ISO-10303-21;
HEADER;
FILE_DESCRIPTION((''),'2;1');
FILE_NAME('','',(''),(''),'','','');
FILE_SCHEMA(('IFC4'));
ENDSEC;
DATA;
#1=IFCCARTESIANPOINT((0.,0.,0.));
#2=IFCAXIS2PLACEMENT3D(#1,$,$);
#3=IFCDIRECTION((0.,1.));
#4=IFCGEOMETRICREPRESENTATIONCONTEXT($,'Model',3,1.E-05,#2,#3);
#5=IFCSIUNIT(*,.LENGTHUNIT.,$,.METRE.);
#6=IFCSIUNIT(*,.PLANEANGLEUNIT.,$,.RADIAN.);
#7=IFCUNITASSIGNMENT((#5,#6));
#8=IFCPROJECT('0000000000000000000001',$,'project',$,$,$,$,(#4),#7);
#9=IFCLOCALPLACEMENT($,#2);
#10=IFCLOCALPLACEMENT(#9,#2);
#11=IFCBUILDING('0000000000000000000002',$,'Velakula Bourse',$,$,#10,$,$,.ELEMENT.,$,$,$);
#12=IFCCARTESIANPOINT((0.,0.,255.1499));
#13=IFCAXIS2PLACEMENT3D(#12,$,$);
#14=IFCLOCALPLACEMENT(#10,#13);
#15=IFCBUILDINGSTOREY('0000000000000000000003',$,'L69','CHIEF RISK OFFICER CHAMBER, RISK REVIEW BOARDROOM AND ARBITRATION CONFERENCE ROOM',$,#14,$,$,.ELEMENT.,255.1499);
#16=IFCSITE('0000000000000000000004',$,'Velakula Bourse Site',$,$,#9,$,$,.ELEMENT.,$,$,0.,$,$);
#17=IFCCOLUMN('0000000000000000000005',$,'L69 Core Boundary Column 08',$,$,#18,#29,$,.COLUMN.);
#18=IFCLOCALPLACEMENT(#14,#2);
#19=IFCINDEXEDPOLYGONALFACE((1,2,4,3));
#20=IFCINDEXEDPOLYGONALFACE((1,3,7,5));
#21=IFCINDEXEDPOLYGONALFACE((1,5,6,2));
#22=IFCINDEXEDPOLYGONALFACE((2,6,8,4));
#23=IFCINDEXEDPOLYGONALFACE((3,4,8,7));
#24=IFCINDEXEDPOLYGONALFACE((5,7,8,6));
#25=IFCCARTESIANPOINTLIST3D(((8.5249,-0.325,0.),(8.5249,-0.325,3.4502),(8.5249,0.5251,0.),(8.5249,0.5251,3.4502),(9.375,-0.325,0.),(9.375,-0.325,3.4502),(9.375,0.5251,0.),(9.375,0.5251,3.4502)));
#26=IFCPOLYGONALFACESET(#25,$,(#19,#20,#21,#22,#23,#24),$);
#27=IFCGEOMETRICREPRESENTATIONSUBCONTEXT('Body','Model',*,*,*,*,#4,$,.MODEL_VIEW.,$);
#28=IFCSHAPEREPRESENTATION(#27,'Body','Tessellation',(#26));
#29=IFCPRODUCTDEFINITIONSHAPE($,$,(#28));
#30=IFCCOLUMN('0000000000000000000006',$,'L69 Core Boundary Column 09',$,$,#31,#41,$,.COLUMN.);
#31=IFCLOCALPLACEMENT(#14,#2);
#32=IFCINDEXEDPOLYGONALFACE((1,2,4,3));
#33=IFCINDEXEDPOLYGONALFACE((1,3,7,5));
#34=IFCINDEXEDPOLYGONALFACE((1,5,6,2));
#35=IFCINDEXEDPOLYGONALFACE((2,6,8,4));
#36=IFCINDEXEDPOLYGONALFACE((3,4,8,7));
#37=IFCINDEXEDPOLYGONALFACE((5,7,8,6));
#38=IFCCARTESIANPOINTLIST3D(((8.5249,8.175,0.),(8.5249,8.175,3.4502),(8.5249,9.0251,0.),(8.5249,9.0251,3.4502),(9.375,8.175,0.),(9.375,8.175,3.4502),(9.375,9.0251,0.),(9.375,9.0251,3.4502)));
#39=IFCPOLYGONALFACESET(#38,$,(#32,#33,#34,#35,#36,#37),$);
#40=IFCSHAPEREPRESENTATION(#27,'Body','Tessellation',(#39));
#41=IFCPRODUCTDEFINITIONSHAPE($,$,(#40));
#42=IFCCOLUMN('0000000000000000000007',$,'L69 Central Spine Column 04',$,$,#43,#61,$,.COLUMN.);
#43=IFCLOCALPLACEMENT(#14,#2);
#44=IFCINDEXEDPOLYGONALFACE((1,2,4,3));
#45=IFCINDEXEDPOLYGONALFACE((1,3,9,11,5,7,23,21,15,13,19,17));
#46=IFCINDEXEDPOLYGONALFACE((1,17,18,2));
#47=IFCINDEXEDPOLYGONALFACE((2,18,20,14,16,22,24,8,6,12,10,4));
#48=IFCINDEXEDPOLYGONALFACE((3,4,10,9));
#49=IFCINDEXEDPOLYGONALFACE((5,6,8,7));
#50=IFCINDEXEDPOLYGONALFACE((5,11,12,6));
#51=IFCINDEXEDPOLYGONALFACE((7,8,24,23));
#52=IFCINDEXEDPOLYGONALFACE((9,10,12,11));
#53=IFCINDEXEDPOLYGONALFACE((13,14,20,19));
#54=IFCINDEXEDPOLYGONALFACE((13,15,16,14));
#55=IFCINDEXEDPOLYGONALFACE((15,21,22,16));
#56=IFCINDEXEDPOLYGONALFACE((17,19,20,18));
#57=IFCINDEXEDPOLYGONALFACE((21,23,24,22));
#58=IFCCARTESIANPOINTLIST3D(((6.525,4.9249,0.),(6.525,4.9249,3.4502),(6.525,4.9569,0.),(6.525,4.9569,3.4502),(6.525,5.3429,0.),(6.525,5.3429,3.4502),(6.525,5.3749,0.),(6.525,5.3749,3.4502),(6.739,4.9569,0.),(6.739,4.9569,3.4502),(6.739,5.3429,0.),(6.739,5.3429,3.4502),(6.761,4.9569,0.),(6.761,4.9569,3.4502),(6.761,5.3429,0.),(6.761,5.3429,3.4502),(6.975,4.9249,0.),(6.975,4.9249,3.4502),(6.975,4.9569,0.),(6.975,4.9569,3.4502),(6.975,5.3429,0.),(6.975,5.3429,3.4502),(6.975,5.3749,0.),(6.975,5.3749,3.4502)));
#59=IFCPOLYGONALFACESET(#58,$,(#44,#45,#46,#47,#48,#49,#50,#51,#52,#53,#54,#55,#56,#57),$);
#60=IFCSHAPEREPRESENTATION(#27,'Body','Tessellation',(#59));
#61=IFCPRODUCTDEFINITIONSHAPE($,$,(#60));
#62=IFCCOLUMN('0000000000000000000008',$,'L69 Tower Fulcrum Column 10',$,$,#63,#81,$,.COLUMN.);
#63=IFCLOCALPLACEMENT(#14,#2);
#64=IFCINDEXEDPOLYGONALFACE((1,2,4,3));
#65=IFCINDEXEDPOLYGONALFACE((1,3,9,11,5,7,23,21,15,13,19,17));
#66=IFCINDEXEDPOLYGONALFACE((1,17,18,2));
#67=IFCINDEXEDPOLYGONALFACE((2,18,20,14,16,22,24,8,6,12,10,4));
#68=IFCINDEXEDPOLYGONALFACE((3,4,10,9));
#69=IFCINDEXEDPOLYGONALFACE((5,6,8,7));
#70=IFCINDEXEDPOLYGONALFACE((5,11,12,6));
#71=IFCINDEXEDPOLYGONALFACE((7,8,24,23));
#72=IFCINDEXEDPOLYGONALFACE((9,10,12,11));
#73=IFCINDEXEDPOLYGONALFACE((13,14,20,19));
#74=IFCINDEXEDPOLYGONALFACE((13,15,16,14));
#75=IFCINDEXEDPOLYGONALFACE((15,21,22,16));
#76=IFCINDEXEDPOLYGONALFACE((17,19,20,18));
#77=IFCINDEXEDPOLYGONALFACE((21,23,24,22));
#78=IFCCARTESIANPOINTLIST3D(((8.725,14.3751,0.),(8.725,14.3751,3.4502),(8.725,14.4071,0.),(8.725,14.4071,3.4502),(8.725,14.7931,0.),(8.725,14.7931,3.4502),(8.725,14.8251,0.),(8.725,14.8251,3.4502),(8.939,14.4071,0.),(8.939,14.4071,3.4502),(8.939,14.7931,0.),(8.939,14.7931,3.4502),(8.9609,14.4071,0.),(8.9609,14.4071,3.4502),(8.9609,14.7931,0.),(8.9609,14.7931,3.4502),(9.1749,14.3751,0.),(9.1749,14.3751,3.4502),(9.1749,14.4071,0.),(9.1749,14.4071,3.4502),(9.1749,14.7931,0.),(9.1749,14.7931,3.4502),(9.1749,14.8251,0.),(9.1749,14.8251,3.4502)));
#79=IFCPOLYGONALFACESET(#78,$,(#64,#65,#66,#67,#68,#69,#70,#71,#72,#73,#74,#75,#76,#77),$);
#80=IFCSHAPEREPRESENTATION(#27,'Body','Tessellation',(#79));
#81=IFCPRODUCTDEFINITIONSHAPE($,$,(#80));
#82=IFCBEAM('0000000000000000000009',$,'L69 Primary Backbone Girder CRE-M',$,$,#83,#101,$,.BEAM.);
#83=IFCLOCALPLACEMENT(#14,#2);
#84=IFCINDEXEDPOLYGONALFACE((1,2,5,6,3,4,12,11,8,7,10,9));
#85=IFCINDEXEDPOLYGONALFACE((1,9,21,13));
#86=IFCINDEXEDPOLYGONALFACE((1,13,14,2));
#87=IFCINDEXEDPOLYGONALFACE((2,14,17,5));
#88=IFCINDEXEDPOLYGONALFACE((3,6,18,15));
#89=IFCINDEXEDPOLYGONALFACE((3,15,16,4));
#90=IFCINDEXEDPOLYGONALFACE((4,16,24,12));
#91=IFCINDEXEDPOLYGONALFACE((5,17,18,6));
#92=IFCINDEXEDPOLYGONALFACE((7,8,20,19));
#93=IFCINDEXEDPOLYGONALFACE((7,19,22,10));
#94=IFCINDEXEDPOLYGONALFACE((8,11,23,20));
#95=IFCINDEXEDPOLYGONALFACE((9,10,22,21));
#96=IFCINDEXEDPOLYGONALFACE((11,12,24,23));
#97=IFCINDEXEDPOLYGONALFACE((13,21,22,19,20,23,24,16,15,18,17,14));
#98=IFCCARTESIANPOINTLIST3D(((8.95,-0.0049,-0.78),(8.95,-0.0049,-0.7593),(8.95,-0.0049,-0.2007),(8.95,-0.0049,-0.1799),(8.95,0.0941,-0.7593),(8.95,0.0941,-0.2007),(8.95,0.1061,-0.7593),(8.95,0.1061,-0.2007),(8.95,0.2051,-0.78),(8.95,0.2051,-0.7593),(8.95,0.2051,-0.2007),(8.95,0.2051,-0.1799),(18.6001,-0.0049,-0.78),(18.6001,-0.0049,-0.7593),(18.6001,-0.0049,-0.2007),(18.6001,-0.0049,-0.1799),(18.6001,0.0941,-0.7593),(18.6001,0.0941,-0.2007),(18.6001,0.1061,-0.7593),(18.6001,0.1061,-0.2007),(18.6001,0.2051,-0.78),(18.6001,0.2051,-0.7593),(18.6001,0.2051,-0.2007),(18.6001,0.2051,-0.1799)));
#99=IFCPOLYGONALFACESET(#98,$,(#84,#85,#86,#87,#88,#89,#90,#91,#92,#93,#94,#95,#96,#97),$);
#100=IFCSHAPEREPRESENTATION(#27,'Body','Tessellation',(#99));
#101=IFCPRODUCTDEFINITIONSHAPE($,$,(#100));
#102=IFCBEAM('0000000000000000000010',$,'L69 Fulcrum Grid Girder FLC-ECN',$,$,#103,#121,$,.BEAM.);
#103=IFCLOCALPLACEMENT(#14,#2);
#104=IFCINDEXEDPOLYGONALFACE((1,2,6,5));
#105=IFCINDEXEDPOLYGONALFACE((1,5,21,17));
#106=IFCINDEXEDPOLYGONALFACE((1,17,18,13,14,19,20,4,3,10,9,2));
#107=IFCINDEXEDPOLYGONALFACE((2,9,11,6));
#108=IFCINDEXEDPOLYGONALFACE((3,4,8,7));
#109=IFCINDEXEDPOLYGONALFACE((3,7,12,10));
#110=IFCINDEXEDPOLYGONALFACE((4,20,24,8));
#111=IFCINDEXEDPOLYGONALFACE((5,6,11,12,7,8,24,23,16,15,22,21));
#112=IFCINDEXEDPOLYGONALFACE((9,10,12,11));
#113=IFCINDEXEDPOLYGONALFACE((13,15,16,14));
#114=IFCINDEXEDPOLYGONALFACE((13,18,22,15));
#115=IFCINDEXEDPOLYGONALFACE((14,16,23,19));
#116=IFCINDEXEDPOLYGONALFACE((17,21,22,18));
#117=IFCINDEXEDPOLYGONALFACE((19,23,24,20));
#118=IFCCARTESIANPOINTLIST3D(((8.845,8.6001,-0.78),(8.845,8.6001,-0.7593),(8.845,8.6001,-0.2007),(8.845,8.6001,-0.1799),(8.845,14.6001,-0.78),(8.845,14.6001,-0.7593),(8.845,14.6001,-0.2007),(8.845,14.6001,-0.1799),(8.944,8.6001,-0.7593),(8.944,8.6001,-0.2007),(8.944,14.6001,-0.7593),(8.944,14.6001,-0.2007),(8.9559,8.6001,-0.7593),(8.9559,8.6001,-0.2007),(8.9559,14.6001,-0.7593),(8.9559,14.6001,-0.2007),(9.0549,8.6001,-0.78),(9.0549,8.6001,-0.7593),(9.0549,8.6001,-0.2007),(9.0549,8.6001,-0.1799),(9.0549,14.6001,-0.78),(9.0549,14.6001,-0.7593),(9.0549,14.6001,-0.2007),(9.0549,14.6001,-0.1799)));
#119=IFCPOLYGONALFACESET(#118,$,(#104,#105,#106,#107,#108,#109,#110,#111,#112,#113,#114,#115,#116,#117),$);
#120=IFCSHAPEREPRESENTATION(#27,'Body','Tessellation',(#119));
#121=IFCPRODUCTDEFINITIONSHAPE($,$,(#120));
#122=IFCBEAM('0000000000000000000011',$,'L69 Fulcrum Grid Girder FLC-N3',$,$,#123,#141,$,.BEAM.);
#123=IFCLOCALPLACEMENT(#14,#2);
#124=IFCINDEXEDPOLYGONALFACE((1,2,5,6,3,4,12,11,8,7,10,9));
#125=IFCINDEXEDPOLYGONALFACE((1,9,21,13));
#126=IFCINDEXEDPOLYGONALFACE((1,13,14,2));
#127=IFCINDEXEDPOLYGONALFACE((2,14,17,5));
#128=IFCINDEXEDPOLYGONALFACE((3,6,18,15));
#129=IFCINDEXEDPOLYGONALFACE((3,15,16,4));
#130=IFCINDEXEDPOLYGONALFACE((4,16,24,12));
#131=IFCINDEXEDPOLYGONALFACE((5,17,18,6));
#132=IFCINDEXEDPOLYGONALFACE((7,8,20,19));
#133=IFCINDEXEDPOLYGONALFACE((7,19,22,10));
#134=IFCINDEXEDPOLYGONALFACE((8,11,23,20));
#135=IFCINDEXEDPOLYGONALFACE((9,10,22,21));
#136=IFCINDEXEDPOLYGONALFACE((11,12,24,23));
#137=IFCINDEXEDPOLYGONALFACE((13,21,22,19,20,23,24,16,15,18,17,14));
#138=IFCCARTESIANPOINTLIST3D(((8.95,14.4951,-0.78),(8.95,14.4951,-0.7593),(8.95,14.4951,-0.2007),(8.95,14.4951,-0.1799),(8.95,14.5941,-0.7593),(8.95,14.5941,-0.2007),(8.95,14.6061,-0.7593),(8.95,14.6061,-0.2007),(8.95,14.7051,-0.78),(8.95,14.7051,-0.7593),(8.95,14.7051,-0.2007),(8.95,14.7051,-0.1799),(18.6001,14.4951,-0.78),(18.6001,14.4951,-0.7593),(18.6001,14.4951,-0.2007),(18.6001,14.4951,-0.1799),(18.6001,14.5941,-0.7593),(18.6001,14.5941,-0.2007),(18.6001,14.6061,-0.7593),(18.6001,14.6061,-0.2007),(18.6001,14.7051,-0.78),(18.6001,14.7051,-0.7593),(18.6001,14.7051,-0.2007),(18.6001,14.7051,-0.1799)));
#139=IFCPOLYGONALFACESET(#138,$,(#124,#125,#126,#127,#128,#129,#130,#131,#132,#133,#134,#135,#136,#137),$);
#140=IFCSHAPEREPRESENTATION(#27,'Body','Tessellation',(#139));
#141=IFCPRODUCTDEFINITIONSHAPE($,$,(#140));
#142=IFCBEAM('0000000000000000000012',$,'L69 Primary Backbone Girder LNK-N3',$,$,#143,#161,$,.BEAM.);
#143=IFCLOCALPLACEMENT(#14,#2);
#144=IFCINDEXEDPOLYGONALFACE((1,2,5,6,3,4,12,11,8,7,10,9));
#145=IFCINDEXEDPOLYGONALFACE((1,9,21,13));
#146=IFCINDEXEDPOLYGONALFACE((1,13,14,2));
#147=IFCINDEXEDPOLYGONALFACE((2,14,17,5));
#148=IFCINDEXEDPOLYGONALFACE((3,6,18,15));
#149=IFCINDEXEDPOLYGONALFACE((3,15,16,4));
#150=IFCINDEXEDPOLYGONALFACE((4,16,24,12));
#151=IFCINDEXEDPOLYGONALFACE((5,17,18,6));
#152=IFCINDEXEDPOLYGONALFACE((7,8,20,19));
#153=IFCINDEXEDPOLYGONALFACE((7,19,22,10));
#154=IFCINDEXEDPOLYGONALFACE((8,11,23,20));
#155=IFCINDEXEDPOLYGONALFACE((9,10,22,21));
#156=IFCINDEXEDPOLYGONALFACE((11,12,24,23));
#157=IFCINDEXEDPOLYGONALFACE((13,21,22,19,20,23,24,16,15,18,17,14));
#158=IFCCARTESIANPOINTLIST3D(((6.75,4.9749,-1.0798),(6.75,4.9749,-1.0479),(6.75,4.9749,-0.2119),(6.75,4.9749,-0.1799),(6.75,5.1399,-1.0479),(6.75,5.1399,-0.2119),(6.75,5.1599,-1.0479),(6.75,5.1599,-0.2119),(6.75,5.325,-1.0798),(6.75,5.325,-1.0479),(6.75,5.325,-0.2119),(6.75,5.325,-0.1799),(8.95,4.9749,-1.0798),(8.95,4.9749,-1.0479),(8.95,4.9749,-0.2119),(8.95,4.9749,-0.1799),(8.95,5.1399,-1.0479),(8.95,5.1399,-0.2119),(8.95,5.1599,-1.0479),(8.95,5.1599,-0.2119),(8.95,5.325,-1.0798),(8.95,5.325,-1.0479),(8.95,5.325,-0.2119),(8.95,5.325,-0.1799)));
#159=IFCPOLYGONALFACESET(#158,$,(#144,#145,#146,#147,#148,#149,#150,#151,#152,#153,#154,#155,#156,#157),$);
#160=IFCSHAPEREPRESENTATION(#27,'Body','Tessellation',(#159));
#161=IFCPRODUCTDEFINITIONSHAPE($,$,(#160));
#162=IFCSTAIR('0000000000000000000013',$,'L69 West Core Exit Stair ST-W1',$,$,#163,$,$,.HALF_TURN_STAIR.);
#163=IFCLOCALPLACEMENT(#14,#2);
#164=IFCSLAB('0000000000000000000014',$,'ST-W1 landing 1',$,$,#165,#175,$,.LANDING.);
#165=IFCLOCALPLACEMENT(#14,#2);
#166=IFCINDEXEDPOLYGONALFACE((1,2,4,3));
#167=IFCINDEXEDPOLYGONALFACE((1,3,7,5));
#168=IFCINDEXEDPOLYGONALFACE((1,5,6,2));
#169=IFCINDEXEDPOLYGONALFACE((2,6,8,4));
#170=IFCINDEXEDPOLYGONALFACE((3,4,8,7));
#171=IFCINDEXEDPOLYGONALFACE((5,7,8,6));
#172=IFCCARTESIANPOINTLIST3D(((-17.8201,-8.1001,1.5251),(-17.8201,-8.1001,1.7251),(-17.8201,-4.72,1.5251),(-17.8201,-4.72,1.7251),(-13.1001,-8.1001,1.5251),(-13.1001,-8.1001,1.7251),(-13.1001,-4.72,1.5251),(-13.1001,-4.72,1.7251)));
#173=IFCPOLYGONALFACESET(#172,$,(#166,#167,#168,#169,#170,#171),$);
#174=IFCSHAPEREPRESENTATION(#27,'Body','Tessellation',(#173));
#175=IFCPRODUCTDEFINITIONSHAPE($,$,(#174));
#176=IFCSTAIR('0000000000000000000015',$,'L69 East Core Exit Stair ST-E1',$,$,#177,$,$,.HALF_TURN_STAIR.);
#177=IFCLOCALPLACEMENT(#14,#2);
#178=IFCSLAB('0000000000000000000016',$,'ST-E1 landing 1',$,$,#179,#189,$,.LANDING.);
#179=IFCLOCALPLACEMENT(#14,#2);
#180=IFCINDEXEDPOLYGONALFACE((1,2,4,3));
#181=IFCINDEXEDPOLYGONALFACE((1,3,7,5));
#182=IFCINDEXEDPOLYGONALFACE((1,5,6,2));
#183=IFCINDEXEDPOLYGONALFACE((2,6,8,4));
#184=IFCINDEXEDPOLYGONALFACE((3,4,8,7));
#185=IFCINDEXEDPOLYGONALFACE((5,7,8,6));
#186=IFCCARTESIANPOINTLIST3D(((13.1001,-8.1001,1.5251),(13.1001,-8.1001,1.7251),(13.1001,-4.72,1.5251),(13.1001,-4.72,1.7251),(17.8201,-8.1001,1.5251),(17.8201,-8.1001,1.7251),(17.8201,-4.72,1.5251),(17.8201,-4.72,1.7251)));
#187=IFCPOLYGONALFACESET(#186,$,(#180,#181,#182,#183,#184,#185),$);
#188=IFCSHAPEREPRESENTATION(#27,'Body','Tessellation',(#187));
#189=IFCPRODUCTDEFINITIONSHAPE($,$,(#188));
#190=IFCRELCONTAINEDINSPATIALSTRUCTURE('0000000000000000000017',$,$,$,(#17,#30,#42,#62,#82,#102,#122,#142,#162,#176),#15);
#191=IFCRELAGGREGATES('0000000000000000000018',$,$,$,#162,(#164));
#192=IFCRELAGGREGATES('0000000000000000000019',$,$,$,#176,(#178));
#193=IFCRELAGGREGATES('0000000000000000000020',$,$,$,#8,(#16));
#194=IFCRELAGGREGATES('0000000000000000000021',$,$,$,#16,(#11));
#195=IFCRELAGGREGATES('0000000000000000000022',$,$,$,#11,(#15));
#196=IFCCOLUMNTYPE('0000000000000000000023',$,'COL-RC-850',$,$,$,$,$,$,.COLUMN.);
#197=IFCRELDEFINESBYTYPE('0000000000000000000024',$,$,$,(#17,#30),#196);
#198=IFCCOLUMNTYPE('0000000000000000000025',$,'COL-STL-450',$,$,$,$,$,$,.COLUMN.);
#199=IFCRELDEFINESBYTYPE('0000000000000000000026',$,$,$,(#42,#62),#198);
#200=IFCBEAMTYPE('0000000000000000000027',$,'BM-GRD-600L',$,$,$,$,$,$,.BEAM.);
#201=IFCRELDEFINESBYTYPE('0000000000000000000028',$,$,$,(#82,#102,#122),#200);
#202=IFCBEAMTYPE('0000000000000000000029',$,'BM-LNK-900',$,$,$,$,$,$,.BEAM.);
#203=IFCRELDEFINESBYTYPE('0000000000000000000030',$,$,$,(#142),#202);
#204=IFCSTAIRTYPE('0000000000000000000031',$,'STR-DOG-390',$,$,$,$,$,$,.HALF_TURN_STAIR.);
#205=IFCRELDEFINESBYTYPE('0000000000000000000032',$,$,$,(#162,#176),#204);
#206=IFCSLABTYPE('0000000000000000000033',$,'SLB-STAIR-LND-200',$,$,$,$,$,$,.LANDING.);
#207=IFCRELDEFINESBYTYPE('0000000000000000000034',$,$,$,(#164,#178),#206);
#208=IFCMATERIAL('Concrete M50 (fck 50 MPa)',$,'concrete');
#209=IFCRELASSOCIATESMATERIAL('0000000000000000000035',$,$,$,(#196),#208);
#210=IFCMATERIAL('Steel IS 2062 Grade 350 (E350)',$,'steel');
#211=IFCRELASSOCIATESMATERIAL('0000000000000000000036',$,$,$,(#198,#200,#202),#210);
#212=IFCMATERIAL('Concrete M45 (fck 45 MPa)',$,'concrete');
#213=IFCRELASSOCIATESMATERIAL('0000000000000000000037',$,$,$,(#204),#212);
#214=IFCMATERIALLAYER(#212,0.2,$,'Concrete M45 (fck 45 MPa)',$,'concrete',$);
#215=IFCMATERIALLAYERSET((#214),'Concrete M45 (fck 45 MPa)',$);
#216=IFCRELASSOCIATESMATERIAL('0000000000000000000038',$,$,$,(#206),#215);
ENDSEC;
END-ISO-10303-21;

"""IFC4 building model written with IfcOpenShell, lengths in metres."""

from ifc_helpers import new_model, si_unit, direction, frame, origin, origin_2d, place, context, subcontext, project, spatial, polyline, rectangle, i_section, outline, extrude, material, layer, layer_set, material_profile, profile_set, type_object, element, aggregate, save


model = new_model("IFC4")

# Units and contexts
model_context = context("Model", 3, precision=1e-05, world=origin(), true_north=direction((0.0, 1.0)))
body_context = subcontext(model_context, "Body", "Model", "MODEL_VIEW")
ifc_project = project(units=[si_unit("LENGTHUNIT", "METRE"), si_unit("PLANEANGLEUNIT", "RADIAN")], contexts=[model_context])

# Site, building, storey
site_placement = place(None, origin())
site = spatial("IfcSite", under=ifc_project, at=site_placement, Name="Velakula Bourse Site", CompositionType="ELEMENT", RefElevation=0.0)
building_placement = place(site_placement, origin())
building = spatial("IfcBuilding", under=site, at=building_placement, Name="Velakula Bourse", CompositionType="ELEMENT")
storey_placement = place(building_placement, frame((0.0, 0.0, 255.1499)))
storey = spatial("IfcBuildingStorey", under=building, at=storey_placement, Name="L69", Description="CHIEF RISK OFFICER CHAMBER, RISK REVIEW BOARDROOM AND ARBITRATION CONFERENCE ROOM", CompositionType="ELEMENT", Elevation=255.1499)

# Columns
ifc_material_1 = material(Name="Concrete M50 (fck 50 MPa)", Category="concrete")
ifc_material_profile_1 = material_profile(ifc_material_1, rectangle(XDim=0.8501, YDim=0.8501, at=origin_2d()), Name="Concrete M50 (fck 50 MPa)")
ifc_profile_set_1 = profile_set([ifc_material_profile_1], Name="Concrete M50 (fck 50 MPa)")
column_type_1 = type_object("IfcColumnType", Name="COL-RC-850", PredefinedType="COLUMN", material=ifc_profile_set_1)
for number, where, z_axis, x_axis, name in (
    (1, (8.95, 0.1001, 0.0), (0.0, 0.0, 1.0), (1.0, 0.0, 0.0), "L69 Core Boundary Column 08"),
    (2, (8.95, 8.6001, 0.0), (0.0, 0.0, 1.0), (1.0, 0.0, 0.0), "L69 Core Boundary Column 09"),
):
    element("IfcColumn", number, at=place(storey_placement, frame(where, z_axis=z_axis, x_axis=x_axis)), inside=storey, type_object=column_type_1, Name=name, PredefinedType="COLUMN", context=body_context, shape_type="SweptSolid", body=[
        extrude(rectangle(XDim=0.8501, YDim=0.8501, at=origin_2d()), origin(), (0.0, 0.0, 1.0), 3.4502),
    ])
ifc_material_2 = material(Name="Steel IS 2062 Grade 350 (E350)", Category="steel")
ifc_material_profile_2 = material_profile(ifc_material_2, i_section(OverallWidth=0.45, OverallDepth=0.45, WebThickness=0.022, FlangeThickness=0.032, at=origin_2d()), Name="Steel IS 2062 Grade 350 (E350)")
ifc_profile_set_2 = profile_set([ifc_material_profile_2], Name="Steel IS 2062 Grade 350 (E350)")
column_type_2 = type_object("IfcColumnType", Name="COL-STL-450", PredefinedType="COLUMN", material=ifc_profile_set_2)
for number, where, z_axis, x_axis, name in (
    (3, (6.75, 5.1499, 0.0), (0.0, 0.0, 1.0), (1.0, 0.0, 0.0), "L69 Central Spine Column 04"),
    (4, (8.95, 14.6001, 0.0), (0.0, 0.0, 1.0), (1.0, 0.0, 0.0), "L69 Tower Fulcrum Column 10"),
):
    element("IfcColumn", number, at=place(storey_placement, frame(where, z_axis=z_axis, x_axis=x_axis)), inside=storey, type_object=column_type_2, Name=name, PredefinedType="COLUMN", context=body_context, shape_type="SweptSolid", body=[
        extrude(i_section(OverallWidth=0.45, OverallDepth=0.45, WebThickness=0.022, FlangeThickness=0.032, at=origin_2d()), origin(), (0.0, 0.0, 1.0), 3.4502),
    ])

# Beams
ifc_material_profile_3 = material_profile(ifc_material_2, i_section(OverallWidth=0.21, OverallDepth=0.6001, WebThickness=0.012, FlangeThickness=0.0208, at=origin_2d()), Name="Steel IS 2062 Grade 350 (E350)")
ifc_profile_set_3 = profile_set([ifc_material_profile_3], Name="Steel IS 2062 Grade 350 (E350)")
beam_type_1 = type_object("IfcBeamType", Name="BM-GRD-600L", PredefinedType="BEAM", material=ifc_profile_set_3)
beam_1_placement = place(storey_placement, frame((8.95, 0.1001, -0.48), z_axis=(1.0, 0.0, 0.0), x_axis=(0.0, 1.0, 0.0)))
element("IfcBeam", 5, at=beam_1_placement, inside=storey, type_object=beam_type_1, Name="L69 Primary Backbone Girder CRE-M", PredefinedType="BEAM", context=body_context, shape_type="SweptSolid", body=[
    extrude(i_section(OverallWidth=0.21, OverallDepth=0.6001, WebThickness=0.012, FlangeThickness=0.0208, at=origin_2d()), origin(), (0.0, 0.0, 1.0), 9.6501),
])
beam_2_placement = place(storey_placement, frame((8.95, 8.6001, -0.48), z_axis=(0.0, 1.0, 0.0), x_axis=(-1.0, 0.0, 0.0)))
element("IfcBeam", 6, at=beam_2_placement, inside=storey, type_object=beam_type_1, Name="L69 Fulcrum Grid Girder FLC-ECN", PredefinedType="BEAM", context=body_context, shape_type="SweptSolid", body=[
    extrude(i_section(OverallWidth=0.21, OverallDepth=0.6001, WebThickness=0.012, FlangeThickness=0.0208, at=origin_2d()), origin(), (0.0, 0.0, 1.0), 6.0),
])
beam_3_placement = place(storey_placement, frame((8.95, 14.6001, -0.48), z_axis=(1.0, 0.0, 0.0), x_axis=(0.0, 1.0, 0.0)))
element("IfcBeam", 7, at=beam_3_placement, inside=storey, type_object=beam_type_1, Name="L69 Fulcrum Grid Girder FLC-N3", PredefinedType="BEAM", context=body_context, shape_type="SweptSolid", body=[
    extrude(i_section(OverallWidth=0.21, OverallDepth=0.6001, WebThickness=0.012, FlangeThickness=0.0208, at=origin_2d()), origin(), (0.0, 0.0, 1.0), 9.6501),
])
ifc_material_profile_4 = material_profile(ifc_material_2, i_section(OverallWidth=0.3501, OverallDepth=0.8999, WebThickness=0.02, FlangeThickness=0.032, at=origin_2d()), Name="Steel IS 2062 Grade 350 (E350)")
ifc_profile_set_4 = profile_set([ifc_material_profile_4], Name="Steel IS 2062 Grade 350 (E350)")
beam_type_2 = type_object("IfcBeamType", Name="BM-LNK-900", PredefinedType="BEAM", material=ifc_profile_set_4)
beam_4_placement = place(storey_placement, frame((6.75, 5.1499, -0.6299), z_axis=(1.0, 0.0, 0.0), x_axis=(0.0, 1.0, 0.0)))
element("IfcBeam", 8, at=beam_4_placement, inside=storey, type_object=beam_type_2, Name="L69 Primary Backbone Girder LNK-N3", PredefinedType="BEAM", context=body_context, shape_type="SweptSolid", body=[
    extrude(i_section(OverallWidth=0.3501, OverallDepth=0.8999, WebThickness=0.02, FlangeThickness=0.032, at=origin_2d()), origin(), (0.0, 0.0, 1.0), 2.2),
])

# Stairs, slabs
ifc_material_3 = material(Name="Concrete M45 (fck 45 MPa)", Category="concrete")
stair_type = type_object("IfcStairType", Name="STR-DOG-390", PredefinedType="HALF_TURN_STAIR", material=ifc_material_3)
stair_1_placement = place(storey_placement, origin())
stair_1 = element("IfcStair", 9, at=stair_1_placement, inside=storey, type_object=stair_type, Name="L69 West Core Exit Stair ST-W1", PredefinedType="HALF_TURN_STAIR")
ifc_layer_1 = layer(ifc_material_3, 0.2, Name="Concrete M45 (fck 45 MPa)", Category="concrete")
ifc_layer_set_1 = layer_set([ifc_layer_1], Name="Concrete M45 (fck 45 MPa)")
slab_type = type_object("IfcSlabType", Name="SLB-STAIR-LND-200", PredefinedType="LANDING", material=ifc_layer_set_1)
slab_1_placement = place(storey_placement, frame((0.0, 0.0, 1.5251)))
slab_1 = element("IfcSlab", 10, at=slab_1_placement, type_object=slab_type, Name="ST-W1 landing 1", PredefinedType="LANDING", context=body_context, shape_type="SweptSolid", body=[
    extrude(outline(polyline([(-17.8201, -4.72), (-17.8201, -8.1001), (-13.1001, -8.1001), (-13.1001, -4.72), (-17.8201, -4.72)])), origin(), (0.0, 0.0, 1.0), 0.2),
])
aggregate(stair_1, [slab_1])
stair_2_placement = place(storey_placement, origin())
stair_2 = element("IfcStair", 11, at=stair_2_placement, inside=storey, type_object=stair_type, Name="L69 East Core Exit Stair ST-E1", PredefinedType="HALF_TURN_STAIR")
slab_2_placement = place(storey_placement, frame((0.0, 0.0, 1.5251)))
slab_2 = element("IfcSlab", 12, at=slab_2_placement, type_object=slab_type, Name="ST-E1 landing 1", PredefinedType="LANDING", context=body_context, shape_type="SweptSolid", body=[
    extrude(outline(polyline([(13.1001, -4.72), (13.1001, -8.1001), (17.8201, -8.1001), (17.8201, -4.72), (13.1001, -4.72)])), origin(), (0.0, 0.0, 1.0), 0.2),
])
aggregate(stair_2, [slab_2])

save(model, "model.ifc")
